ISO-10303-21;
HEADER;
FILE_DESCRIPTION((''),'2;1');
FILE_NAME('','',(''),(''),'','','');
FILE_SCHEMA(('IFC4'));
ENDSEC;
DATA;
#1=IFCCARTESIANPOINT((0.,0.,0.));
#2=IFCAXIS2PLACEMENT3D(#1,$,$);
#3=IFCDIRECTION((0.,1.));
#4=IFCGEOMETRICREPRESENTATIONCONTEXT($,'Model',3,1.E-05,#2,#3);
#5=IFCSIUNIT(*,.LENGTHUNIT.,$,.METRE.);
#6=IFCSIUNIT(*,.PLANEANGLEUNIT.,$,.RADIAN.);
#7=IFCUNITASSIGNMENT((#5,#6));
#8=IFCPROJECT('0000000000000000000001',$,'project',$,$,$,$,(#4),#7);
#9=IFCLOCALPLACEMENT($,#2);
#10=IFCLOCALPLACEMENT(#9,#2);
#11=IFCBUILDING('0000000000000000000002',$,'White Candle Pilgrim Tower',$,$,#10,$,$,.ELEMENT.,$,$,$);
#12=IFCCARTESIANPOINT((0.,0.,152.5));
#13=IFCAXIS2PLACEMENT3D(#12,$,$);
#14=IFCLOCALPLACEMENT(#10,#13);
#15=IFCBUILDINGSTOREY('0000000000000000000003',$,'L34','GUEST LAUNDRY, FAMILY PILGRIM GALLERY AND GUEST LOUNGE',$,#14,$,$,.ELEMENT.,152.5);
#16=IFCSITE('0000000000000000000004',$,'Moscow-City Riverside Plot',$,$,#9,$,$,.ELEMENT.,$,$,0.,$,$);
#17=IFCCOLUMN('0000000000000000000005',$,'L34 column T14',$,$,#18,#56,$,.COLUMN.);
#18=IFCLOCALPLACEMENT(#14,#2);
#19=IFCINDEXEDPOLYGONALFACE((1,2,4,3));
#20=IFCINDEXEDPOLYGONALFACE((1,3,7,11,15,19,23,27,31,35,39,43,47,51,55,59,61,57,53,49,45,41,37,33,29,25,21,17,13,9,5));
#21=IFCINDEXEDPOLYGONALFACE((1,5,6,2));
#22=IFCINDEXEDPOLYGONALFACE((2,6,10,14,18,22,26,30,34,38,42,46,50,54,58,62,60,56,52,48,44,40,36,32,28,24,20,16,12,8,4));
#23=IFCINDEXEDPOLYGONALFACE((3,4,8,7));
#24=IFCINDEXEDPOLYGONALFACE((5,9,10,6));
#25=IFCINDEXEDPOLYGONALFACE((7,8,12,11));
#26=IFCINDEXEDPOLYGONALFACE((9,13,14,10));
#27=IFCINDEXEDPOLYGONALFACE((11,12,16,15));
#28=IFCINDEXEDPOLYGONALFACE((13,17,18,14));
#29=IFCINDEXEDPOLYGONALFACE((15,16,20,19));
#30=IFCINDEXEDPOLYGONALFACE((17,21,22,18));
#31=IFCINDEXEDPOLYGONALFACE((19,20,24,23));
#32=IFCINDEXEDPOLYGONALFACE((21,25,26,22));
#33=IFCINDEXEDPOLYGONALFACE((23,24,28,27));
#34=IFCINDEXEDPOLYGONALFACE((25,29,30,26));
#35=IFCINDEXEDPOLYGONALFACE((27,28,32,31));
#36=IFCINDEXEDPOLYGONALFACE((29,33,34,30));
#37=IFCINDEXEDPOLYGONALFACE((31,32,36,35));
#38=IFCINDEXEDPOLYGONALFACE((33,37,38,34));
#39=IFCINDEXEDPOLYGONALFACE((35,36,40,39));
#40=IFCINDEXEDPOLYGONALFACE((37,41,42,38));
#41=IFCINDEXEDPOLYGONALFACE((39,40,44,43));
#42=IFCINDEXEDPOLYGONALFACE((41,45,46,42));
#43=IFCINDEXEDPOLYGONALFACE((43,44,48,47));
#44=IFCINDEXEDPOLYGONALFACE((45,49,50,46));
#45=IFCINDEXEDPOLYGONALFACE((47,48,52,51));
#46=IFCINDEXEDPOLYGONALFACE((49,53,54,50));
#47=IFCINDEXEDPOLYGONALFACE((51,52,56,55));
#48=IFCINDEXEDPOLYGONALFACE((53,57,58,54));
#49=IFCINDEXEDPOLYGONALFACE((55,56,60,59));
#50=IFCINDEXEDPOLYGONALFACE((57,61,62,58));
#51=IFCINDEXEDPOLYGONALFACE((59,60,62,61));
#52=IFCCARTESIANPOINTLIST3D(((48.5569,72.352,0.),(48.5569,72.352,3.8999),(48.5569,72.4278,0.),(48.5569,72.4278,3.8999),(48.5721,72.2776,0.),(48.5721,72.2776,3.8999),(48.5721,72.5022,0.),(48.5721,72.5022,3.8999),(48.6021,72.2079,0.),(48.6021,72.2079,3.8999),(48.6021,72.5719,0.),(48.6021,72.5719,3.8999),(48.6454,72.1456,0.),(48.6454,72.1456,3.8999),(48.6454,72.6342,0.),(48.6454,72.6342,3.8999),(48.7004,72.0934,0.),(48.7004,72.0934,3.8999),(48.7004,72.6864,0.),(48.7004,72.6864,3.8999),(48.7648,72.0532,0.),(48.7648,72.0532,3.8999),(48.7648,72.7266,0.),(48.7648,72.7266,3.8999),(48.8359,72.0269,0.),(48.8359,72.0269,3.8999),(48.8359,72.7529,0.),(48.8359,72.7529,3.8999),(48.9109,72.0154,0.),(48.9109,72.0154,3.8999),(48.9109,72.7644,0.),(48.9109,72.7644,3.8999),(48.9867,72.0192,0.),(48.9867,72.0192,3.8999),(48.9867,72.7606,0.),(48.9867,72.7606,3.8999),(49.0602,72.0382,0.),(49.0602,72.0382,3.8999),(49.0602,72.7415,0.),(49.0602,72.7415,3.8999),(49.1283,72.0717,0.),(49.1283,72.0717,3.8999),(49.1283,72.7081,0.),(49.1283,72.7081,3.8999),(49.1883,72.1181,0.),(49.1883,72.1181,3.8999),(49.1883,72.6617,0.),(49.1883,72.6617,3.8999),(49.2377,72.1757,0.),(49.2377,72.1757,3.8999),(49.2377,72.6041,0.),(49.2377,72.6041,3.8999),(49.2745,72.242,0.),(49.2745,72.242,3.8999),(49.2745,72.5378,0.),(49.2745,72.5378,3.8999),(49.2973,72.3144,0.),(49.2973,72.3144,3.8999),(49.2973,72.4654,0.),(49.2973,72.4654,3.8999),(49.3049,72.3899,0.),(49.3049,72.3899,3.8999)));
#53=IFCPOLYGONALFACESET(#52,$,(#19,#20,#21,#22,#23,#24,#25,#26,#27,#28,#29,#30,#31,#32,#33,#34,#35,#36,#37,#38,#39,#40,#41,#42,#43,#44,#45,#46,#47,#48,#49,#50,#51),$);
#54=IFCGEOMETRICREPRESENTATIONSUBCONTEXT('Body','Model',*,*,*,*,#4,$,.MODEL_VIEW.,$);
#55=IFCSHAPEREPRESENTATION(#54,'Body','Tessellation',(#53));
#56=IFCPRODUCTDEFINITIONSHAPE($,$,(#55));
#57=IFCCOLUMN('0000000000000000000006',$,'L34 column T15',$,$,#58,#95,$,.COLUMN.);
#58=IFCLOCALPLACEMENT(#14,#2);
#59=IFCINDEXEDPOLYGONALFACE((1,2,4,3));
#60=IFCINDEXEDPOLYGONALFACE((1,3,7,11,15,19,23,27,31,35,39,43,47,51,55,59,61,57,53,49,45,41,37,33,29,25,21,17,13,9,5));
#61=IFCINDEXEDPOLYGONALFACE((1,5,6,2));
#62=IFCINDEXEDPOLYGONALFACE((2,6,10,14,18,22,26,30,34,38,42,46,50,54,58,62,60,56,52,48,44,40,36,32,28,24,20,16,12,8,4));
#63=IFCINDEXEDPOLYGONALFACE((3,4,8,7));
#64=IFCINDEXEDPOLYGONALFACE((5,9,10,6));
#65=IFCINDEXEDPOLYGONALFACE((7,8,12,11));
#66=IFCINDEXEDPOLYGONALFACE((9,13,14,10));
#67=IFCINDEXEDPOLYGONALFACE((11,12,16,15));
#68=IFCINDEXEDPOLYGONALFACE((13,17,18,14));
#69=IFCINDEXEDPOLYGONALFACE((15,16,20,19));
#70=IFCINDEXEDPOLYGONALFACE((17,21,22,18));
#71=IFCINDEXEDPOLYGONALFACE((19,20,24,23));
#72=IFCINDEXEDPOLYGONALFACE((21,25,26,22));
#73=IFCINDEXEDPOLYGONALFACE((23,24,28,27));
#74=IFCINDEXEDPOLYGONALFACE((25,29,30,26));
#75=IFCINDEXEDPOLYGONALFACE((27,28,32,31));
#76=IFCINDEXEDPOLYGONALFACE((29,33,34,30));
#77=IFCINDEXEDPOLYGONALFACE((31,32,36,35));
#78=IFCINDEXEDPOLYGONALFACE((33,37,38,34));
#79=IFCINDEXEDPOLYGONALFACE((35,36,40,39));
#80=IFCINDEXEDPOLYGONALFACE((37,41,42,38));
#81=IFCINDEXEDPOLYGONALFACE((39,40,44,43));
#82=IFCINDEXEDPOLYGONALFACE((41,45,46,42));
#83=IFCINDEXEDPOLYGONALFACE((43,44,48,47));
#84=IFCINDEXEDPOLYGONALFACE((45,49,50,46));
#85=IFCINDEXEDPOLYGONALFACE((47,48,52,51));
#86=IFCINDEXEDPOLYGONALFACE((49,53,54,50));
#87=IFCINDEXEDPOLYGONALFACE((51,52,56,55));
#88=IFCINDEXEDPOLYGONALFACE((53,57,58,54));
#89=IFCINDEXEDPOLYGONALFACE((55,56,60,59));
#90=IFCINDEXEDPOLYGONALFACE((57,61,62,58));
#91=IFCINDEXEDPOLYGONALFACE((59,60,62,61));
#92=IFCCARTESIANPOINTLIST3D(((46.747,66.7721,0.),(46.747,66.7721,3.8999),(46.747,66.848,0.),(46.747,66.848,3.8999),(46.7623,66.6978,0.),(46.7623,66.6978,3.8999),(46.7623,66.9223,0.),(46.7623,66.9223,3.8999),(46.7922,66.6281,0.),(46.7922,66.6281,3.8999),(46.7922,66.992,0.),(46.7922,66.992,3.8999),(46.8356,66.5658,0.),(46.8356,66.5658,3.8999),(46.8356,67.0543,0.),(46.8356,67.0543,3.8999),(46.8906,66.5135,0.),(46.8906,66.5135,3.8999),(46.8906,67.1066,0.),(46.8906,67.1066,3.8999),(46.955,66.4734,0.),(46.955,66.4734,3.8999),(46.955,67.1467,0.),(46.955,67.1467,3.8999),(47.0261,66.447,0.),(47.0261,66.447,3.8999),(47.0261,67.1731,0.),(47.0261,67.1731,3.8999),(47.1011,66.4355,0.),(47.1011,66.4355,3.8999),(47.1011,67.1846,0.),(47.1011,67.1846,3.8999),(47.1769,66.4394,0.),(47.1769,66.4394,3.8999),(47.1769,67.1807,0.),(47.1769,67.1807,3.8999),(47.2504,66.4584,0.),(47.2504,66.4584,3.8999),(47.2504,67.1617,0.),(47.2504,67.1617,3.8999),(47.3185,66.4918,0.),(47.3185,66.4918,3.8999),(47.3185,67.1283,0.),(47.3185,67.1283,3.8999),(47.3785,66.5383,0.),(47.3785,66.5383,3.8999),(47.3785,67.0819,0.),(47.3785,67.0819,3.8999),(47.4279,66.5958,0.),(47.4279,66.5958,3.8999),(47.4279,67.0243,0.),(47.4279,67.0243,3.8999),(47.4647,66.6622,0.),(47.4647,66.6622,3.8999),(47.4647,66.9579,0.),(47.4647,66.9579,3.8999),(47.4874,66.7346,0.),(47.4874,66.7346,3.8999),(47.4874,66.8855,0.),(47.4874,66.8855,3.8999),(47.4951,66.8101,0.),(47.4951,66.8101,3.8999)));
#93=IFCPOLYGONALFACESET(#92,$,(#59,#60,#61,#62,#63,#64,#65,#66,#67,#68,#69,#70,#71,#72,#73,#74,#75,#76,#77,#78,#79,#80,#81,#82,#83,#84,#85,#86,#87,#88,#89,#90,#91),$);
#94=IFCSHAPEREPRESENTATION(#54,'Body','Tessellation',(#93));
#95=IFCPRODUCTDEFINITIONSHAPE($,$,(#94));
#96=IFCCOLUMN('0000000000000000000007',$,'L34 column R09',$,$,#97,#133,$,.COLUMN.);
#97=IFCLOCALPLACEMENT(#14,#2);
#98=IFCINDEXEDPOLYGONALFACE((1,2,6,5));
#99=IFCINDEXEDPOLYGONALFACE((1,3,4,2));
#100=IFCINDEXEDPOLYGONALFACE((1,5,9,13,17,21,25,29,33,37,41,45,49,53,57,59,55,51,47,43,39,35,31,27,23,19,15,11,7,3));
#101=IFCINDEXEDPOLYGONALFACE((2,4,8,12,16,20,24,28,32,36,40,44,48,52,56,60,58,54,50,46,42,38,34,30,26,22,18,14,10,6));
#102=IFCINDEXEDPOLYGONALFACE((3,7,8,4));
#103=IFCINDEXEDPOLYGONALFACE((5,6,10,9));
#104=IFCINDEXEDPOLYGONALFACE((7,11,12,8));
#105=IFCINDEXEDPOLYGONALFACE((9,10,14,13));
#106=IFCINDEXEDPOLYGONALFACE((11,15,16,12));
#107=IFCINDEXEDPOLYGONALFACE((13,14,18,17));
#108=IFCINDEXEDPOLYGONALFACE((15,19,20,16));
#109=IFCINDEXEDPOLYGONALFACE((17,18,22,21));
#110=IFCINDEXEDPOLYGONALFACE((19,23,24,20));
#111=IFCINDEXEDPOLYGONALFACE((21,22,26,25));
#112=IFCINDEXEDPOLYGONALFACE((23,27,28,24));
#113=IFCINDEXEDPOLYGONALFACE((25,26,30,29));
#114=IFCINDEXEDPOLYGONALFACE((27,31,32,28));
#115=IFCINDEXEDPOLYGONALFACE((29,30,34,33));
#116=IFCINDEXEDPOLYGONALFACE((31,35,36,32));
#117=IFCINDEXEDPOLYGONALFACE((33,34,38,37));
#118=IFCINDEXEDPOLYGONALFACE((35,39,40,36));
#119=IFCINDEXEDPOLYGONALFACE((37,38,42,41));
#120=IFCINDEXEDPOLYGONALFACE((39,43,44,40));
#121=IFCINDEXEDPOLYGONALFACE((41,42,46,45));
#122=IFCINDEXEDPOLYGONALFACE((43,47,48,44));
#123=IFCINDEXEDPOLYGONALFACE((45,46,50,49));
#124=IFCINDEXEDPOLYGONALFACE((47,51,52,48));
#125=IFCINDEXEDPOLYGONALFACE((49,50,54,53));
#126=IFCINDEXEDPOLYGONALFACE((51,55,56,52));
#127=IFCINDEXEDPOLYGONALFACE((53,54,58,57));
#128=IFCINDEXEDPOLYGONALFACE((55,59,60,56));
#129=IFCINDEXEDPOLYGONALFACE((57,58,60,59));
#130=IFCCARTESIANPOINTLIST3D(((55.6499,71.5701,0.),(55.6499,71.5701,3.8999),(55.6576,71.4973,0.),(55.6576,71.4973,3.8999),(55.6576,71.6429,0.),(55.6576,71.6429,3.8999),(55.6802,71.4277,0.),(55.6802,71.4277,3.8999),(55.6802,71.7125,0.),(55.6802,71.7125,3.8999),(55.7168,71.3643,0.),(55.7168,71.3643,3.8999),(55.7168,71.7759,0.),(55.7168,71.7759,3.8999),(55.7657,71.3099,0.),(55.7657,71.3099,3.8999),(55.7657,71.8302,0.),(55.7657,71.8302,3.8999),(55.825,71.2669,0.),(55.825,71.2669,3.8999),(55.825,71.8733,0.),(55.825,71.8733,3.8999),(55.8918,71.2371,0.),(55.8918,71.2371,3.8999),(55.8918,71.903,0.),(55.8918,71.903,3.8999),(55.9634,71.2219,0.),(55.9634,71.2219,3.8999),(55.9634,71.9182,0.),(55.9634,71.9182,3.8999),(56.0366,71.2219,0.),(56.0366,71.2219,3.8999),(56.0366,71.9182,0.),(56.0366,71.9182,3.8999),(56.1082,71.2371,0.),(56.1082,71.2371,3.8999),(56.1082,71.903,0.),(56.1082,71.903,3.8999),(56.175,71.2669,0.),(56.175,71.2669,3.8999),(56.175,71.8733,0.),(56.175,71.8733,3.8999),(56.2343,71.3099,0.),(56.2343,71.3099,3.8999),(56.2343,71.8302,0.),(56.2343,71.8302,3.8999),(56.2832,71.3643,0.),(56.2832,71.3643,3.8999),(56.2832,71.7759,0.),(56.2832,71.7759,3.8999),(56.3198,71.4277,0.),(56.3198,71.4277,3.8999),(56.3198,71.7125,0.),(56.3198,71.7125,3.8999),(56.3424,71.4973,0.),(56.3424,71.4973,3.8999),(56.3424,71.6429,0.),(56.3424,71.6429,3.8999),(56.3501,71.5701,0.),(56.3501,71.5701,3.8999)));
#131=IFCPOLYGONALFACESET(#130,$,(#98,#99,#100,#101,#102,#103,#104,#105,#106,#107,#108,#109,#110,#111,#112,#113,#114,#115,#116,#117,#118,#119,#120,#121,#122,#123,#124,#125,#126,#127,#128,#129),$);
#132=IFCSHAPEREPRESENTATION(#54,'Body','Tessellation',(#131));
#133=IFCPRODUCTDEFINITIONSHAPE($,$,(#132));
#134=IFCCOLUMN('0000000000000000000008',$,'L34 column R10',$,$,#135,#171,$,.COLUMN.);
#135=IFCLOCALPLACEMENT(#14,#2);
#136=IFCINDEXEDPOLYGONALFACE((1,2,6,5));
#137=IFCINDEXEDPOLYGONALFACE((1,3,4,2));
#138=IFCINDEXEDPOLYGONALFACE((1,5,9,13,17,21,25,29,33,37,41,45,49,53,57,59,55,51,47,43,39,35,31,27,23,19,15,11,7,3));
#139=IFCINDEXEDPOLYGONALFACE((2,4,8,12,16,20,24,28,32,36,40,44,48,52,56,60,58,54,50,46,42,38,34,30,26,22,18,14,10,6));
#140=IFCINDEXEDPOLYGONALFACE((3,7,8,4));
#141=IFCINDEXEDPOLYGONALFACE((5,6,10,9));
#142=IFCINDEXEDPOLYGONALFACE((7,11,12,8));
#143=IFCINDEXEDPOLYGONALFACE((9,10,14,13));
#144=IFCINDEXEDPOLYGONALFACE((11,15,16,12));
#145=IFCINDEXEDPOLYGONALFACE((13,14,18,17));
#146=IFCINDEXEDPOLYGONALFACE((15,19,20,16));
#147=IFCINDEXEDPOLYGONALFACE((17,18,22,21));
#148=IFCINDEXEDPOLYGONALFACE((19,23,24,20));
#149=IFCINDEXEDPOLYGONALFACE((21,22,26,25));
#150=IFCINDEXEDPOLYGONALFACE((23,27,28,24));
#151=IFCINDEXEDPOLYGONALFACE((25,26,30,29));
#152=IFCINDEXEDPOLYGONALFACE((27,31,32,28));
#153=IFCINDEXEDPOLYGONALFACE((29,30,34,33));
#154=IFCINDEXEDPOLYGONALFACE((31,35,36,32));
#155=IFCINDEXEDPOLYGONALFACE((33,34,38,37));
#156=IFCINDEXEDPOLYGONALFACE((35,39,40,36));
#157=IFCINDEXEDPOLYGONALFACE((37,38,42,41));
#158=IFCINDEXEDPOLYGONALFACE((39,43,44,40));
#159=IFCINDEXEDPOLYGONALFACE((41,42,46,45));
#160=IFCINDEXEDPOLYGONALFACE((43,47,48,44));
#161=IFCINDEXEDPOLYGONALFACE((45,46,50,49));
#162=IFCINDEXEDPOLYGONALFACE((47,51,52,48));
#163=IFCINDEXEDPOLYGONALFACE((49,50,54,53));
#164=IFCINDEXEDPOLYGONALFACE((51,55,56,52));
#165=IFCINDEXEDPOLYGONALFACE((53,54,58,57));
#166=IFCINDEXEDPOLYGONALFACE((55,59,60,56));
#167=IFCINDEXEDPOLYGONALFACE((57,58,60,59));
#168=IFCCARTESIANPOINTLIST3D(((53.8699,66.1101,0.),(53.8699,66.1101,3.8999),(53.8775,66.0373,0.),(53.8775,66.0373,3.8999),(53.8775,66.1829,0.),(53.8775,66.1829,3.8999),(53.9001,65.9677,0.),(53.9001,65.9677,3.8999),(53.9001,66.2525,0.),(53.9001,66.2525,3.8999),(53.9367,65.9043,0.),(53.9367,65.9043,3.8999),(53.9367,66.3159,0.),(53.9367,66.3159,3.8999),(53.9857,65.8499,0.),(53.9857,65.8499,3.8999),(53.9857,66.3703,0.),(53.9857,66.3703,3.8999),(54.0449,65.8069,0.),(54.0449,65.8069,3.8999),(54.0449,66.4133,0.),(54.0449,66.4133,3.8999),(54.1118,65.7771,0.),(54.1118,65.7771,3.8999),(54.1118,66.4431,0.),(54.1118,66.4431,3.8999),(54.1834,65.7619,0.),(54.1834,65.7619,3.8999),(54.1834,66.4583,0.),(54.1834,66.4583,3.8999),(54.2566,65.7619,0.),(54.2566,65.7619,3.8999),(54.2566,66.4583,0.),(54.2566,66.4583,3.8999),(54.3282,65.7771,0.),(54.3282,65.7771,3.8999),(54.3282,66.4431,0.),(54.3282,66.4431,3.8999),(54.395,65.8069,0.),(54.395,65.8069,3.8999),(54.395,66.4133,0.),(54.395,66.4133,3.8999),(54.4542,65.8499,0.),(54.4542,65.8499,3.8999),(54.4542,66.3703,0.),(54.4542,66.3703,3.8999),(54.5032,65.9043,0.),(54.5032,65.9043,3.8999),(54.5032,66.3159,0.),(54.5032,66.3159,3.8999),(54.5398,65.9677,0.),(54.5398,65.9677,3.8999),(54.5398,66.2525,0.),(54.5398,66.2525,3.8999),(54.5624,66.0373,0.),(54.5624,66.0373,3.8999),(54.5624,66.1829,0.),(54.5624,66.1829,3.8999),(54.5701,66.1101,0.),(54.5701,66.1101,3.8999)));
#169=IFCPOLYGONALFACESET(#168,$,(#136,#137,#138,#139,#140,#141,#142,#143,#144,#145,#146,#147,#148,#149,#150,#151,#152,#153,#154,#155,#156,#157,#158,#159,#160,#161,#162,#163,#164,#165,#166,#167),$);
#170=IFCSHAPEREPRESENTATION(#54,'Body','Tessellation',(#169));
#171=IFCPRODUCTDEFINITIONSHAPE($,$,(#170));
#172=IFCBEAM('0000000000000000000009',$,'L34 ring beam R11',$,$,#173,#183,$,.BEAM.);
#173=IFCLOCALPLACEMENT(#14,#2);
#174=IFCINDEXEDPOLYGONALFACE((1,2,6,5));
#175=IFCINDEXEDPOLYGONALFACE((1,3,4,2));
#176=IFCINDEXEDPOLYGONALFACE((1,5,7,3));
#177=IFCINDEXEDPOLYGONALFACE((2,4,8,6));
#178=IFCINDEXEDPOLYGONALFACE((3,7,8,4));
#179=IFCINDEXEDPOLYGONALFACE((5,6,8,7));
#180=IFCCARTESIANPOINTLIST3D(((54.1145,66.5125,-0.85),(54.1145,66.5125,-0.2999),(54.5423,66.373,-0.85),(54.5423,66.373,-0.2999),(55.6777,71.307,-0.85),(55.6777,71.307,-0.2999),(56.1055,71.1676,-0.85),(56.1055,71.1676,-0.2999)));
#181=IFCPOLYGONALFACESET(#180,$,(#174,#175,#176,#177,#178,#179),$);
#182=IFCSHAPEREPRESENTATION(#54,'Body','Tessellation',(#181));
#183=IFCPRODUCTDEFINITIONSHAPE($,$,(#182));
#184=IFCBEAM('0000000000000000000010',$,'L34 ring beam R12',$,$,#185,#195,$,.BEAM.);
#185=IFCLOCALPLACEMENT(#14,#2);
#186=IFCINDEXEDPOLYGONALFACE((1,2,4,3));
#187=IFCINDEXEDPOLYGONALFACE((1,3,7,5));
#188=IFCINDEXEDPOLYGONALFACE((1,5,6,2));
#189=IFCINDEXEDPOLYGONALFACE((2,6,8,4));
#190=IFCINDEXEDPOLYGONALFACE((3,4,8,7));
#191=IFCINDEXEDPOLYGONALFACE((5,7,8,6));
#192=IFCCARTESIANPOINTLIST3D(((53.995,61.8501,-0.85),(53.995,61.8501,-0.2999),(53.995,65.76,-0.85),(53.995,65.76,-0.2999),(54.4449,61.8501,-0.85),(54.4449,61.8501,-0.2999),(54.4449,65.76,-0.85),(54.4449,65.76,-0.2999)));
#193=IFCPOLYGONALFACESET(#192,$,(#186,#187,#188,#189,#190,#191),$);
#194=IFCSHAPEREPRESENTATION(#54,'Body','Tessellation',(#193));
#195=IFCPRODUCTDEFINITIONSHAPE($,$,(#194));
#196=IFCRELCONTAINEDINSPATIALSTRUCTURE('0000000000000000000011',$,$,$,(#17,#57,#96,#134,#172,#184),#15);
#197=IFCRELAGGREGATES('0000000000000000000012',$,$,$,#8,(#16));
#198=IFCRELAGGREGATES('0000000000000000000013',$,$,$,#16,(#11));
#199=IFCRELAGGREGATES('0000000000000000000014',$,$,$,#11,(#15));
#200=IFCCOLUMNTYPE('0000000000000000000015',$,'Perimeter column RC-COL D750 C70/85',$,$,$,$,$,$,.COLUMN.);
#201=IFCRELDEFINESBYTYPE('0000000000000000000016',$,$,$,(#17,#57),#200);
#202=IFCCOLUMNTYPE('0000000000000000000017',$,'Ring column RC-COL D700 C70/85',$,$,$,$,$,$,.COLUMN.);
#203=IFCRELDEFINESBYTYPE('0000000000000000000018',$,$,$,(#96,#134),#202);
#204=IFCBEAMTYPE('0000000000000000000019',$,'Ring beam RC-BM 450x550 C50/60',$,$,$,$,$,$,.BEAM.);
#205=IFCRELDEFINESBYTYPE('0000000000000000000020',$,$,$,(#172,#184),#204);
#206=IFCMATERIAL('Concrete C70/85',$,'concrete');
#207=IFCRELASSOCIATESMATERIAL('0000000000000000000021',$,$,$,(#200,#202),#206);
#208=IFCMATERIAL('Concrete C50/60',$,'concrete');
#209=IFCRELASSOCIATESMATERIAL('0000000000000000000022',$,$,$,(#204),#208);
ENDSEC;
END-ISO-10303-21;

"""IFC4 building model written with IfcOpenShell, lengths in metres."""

from ifc_helpers import new_model, si_unit, direction, frame, origin, origin_2d, place, context, subcontext, project, spatial, rectangle, circle, extrude, material, material_profile, profile_set, type_object, element, save


model = new_model("IFC4")

# Units and contexts
model_context = context("Model", 3, precision=1e-05, world=origin(), true_north=direction((0.0, 1.0)))
body_context = subcontext(model_context, "Body", "Model", "MODEL_VIEW")
ifc_project = project(units=[si_unit("LENGTHUNIT", "METRE"), si_unit("PLANEANGLEUNIT", "RADIAN")], contexts=[model_context])

# Site, building, storey
site_placement = place(None, origin())
site = spatial("IfcSite", under=ifc_project, at=site_placement, Name="Moscow-City Riverside Plot", CompositionType="ELEMENT", RefElevation=0.0)
building_placement = place(site_placement, origin())
building = spatial("IfcBuilding", under=site, at=building_placement, Name="White Candle Pilgrim Tower", CompositionType="ELEMENT")
storey_placement = place(building_placement, frame((0.0, 0.0, 152.5)))
storey = spatial("IfcBuildingStorey", under=building, at=storey_placement, Name="L34", Description="GUEST LAUNDRY, FAMILY PILGRIM GALLERY AND GUEST LOUNGE", CompositionType="ELEMENT", Elevation=152.5)

# Columns
ifc_material_1 = material(Name="Concrete C70/85", Category="concrete")
ifc_material_profile_1 = material_profile(ifc_material_1, circle(Radius=0.375, at=origin_2d()), Name="RC-COL D750")
ifc_profile_set_1 = profile_set([ifc_material_profile_1], Name="Concrete C70/85")
column_type_1 = type_object("IfcColumnType", Name="Perimeter column RC-COL D750 C70/85", PredefinedType="COLUMN", material=ifc_profile_set_1)
for number, where, z_axis, x_axis, name in (
    (1, (48.9299, 72.3899, 0.0), (0.0, 0.0, 1.0), (1.0, 0.0, 0.0), "L34 column T14"),
    (2, (47.1201, 66.8101, 0.0), (0.0, 0.0, 1.0), (1.0, 0.0, 0.0), "L34 column T15"),
):
    element("IfcColumn", number, at=place(storey_placement, frame(where, z_axis=z_axis, x_axis=x_axis)), inside=storey, type_object=column_type_1, Name=name, PredefinedType="COLUMN", context=body_context, shape_type="SweptSolid", body=[
        extrude(circle(Radius=0.375, at=origin_2d()), origin(), (0.0, 0.0, 1.0), 3.8999),
    ])
ifc_material_profile_2 = material_profile(ifc_material_1, circle(Radius=0.3501, at=origin_2d()), Name="RC-COL D700")
ifc_profile_set_2 = profile_set([ifc_material_profile_2], Name="Concrete C70/85")
column_type_2 = type_object("IfcColumnType", Name="Ring column RC-COL D700 C70/85", PredefinedType="COLUMN", material=ifc_profile_set_2)
for number, where, z_axis, x_axis, name in (
    (3, (56.0, 71.5701, 0.0), (0.0, 0.0, 1.0), (1.0, 0.0, 0.0), "L34 column R09"),
    (4, (54.22, 66.1101, 0.0), (0.0, 0.0, 1.0), (1.0, 0.0, 0.0), "L34 column R10"),
):
    element("IfcColumn", number, at=place(storey_placement, frame(where, z_axis=z_axis, x_axis=x_axis)), inside=storey, type_object=column_type_2, Name=name, PredefinedType="COLUMN", context=body_context, shape_type="SweptSolid", body=[
        extrude(circle(Radius=0.3501, at=origin_2d()), origin(), (0.0, 0.0, 1.0), 3.8999),
    ])

# Beams
ifc_material_2 = material(Name="Concrete C50/60", Category="concrete")
ifc_material_profile_3 = material_profile(ifc_material_2, rectangle(XDim=0.45, YDim=0.55, at=origin_2d()), Name="RC-BM 450x550")
ifc_profile_set_3 = profile_set([ifc_material_profile_3], Name="Concrete C50/60")
beam_type_1 = type_object("IfcBeamType", Name="Ring beam RC-BM 450x550 C50/60", PredefinedType="BEAM", material=ifc_profile_set_3)
beam_1_placement = place(storey_placement, frame((55.8916, 71.2373, -0.575), z_axis=(-0.309976, -0.950744, 0.0), x_axis=(0.950744, -0.309976, 0.0)))
element("IfcBeam", 5, at=beam_1_placement, inside=storey, type_object=beam_type_1, Name="L34 ring beam R11", PredefinedType="BEAM", context=body_context, shape_type="SweptSolid", body=[
    extrude(rectangle(XDim=0.45, YDim=0.55, at=origin_2d()), origin(), (0.0, 0.0, 1.0), 5.043),
])
beam_2_placement = place(storey_placement, frame((54.22, 65.76, -0.575), z_axis=(0.0, -1.0, 0.0), x_axis=(1.0, 0.0, 0.0)))
element("IfcBeam", 6, at=beam_2_placement, inside=storey, type_object=beam_type_1, Name="L34 ring beam R12", PredefinedType="BEAM", context=body_context, shape_type="SweptSolid", body=[
    extrude(rectangle(XDim=0.45, YDim=0.55, at=origin_2d()), origin(), (0.0, 0.0, 1.0), 3.9099),
])

save(model, "model.ifc")
